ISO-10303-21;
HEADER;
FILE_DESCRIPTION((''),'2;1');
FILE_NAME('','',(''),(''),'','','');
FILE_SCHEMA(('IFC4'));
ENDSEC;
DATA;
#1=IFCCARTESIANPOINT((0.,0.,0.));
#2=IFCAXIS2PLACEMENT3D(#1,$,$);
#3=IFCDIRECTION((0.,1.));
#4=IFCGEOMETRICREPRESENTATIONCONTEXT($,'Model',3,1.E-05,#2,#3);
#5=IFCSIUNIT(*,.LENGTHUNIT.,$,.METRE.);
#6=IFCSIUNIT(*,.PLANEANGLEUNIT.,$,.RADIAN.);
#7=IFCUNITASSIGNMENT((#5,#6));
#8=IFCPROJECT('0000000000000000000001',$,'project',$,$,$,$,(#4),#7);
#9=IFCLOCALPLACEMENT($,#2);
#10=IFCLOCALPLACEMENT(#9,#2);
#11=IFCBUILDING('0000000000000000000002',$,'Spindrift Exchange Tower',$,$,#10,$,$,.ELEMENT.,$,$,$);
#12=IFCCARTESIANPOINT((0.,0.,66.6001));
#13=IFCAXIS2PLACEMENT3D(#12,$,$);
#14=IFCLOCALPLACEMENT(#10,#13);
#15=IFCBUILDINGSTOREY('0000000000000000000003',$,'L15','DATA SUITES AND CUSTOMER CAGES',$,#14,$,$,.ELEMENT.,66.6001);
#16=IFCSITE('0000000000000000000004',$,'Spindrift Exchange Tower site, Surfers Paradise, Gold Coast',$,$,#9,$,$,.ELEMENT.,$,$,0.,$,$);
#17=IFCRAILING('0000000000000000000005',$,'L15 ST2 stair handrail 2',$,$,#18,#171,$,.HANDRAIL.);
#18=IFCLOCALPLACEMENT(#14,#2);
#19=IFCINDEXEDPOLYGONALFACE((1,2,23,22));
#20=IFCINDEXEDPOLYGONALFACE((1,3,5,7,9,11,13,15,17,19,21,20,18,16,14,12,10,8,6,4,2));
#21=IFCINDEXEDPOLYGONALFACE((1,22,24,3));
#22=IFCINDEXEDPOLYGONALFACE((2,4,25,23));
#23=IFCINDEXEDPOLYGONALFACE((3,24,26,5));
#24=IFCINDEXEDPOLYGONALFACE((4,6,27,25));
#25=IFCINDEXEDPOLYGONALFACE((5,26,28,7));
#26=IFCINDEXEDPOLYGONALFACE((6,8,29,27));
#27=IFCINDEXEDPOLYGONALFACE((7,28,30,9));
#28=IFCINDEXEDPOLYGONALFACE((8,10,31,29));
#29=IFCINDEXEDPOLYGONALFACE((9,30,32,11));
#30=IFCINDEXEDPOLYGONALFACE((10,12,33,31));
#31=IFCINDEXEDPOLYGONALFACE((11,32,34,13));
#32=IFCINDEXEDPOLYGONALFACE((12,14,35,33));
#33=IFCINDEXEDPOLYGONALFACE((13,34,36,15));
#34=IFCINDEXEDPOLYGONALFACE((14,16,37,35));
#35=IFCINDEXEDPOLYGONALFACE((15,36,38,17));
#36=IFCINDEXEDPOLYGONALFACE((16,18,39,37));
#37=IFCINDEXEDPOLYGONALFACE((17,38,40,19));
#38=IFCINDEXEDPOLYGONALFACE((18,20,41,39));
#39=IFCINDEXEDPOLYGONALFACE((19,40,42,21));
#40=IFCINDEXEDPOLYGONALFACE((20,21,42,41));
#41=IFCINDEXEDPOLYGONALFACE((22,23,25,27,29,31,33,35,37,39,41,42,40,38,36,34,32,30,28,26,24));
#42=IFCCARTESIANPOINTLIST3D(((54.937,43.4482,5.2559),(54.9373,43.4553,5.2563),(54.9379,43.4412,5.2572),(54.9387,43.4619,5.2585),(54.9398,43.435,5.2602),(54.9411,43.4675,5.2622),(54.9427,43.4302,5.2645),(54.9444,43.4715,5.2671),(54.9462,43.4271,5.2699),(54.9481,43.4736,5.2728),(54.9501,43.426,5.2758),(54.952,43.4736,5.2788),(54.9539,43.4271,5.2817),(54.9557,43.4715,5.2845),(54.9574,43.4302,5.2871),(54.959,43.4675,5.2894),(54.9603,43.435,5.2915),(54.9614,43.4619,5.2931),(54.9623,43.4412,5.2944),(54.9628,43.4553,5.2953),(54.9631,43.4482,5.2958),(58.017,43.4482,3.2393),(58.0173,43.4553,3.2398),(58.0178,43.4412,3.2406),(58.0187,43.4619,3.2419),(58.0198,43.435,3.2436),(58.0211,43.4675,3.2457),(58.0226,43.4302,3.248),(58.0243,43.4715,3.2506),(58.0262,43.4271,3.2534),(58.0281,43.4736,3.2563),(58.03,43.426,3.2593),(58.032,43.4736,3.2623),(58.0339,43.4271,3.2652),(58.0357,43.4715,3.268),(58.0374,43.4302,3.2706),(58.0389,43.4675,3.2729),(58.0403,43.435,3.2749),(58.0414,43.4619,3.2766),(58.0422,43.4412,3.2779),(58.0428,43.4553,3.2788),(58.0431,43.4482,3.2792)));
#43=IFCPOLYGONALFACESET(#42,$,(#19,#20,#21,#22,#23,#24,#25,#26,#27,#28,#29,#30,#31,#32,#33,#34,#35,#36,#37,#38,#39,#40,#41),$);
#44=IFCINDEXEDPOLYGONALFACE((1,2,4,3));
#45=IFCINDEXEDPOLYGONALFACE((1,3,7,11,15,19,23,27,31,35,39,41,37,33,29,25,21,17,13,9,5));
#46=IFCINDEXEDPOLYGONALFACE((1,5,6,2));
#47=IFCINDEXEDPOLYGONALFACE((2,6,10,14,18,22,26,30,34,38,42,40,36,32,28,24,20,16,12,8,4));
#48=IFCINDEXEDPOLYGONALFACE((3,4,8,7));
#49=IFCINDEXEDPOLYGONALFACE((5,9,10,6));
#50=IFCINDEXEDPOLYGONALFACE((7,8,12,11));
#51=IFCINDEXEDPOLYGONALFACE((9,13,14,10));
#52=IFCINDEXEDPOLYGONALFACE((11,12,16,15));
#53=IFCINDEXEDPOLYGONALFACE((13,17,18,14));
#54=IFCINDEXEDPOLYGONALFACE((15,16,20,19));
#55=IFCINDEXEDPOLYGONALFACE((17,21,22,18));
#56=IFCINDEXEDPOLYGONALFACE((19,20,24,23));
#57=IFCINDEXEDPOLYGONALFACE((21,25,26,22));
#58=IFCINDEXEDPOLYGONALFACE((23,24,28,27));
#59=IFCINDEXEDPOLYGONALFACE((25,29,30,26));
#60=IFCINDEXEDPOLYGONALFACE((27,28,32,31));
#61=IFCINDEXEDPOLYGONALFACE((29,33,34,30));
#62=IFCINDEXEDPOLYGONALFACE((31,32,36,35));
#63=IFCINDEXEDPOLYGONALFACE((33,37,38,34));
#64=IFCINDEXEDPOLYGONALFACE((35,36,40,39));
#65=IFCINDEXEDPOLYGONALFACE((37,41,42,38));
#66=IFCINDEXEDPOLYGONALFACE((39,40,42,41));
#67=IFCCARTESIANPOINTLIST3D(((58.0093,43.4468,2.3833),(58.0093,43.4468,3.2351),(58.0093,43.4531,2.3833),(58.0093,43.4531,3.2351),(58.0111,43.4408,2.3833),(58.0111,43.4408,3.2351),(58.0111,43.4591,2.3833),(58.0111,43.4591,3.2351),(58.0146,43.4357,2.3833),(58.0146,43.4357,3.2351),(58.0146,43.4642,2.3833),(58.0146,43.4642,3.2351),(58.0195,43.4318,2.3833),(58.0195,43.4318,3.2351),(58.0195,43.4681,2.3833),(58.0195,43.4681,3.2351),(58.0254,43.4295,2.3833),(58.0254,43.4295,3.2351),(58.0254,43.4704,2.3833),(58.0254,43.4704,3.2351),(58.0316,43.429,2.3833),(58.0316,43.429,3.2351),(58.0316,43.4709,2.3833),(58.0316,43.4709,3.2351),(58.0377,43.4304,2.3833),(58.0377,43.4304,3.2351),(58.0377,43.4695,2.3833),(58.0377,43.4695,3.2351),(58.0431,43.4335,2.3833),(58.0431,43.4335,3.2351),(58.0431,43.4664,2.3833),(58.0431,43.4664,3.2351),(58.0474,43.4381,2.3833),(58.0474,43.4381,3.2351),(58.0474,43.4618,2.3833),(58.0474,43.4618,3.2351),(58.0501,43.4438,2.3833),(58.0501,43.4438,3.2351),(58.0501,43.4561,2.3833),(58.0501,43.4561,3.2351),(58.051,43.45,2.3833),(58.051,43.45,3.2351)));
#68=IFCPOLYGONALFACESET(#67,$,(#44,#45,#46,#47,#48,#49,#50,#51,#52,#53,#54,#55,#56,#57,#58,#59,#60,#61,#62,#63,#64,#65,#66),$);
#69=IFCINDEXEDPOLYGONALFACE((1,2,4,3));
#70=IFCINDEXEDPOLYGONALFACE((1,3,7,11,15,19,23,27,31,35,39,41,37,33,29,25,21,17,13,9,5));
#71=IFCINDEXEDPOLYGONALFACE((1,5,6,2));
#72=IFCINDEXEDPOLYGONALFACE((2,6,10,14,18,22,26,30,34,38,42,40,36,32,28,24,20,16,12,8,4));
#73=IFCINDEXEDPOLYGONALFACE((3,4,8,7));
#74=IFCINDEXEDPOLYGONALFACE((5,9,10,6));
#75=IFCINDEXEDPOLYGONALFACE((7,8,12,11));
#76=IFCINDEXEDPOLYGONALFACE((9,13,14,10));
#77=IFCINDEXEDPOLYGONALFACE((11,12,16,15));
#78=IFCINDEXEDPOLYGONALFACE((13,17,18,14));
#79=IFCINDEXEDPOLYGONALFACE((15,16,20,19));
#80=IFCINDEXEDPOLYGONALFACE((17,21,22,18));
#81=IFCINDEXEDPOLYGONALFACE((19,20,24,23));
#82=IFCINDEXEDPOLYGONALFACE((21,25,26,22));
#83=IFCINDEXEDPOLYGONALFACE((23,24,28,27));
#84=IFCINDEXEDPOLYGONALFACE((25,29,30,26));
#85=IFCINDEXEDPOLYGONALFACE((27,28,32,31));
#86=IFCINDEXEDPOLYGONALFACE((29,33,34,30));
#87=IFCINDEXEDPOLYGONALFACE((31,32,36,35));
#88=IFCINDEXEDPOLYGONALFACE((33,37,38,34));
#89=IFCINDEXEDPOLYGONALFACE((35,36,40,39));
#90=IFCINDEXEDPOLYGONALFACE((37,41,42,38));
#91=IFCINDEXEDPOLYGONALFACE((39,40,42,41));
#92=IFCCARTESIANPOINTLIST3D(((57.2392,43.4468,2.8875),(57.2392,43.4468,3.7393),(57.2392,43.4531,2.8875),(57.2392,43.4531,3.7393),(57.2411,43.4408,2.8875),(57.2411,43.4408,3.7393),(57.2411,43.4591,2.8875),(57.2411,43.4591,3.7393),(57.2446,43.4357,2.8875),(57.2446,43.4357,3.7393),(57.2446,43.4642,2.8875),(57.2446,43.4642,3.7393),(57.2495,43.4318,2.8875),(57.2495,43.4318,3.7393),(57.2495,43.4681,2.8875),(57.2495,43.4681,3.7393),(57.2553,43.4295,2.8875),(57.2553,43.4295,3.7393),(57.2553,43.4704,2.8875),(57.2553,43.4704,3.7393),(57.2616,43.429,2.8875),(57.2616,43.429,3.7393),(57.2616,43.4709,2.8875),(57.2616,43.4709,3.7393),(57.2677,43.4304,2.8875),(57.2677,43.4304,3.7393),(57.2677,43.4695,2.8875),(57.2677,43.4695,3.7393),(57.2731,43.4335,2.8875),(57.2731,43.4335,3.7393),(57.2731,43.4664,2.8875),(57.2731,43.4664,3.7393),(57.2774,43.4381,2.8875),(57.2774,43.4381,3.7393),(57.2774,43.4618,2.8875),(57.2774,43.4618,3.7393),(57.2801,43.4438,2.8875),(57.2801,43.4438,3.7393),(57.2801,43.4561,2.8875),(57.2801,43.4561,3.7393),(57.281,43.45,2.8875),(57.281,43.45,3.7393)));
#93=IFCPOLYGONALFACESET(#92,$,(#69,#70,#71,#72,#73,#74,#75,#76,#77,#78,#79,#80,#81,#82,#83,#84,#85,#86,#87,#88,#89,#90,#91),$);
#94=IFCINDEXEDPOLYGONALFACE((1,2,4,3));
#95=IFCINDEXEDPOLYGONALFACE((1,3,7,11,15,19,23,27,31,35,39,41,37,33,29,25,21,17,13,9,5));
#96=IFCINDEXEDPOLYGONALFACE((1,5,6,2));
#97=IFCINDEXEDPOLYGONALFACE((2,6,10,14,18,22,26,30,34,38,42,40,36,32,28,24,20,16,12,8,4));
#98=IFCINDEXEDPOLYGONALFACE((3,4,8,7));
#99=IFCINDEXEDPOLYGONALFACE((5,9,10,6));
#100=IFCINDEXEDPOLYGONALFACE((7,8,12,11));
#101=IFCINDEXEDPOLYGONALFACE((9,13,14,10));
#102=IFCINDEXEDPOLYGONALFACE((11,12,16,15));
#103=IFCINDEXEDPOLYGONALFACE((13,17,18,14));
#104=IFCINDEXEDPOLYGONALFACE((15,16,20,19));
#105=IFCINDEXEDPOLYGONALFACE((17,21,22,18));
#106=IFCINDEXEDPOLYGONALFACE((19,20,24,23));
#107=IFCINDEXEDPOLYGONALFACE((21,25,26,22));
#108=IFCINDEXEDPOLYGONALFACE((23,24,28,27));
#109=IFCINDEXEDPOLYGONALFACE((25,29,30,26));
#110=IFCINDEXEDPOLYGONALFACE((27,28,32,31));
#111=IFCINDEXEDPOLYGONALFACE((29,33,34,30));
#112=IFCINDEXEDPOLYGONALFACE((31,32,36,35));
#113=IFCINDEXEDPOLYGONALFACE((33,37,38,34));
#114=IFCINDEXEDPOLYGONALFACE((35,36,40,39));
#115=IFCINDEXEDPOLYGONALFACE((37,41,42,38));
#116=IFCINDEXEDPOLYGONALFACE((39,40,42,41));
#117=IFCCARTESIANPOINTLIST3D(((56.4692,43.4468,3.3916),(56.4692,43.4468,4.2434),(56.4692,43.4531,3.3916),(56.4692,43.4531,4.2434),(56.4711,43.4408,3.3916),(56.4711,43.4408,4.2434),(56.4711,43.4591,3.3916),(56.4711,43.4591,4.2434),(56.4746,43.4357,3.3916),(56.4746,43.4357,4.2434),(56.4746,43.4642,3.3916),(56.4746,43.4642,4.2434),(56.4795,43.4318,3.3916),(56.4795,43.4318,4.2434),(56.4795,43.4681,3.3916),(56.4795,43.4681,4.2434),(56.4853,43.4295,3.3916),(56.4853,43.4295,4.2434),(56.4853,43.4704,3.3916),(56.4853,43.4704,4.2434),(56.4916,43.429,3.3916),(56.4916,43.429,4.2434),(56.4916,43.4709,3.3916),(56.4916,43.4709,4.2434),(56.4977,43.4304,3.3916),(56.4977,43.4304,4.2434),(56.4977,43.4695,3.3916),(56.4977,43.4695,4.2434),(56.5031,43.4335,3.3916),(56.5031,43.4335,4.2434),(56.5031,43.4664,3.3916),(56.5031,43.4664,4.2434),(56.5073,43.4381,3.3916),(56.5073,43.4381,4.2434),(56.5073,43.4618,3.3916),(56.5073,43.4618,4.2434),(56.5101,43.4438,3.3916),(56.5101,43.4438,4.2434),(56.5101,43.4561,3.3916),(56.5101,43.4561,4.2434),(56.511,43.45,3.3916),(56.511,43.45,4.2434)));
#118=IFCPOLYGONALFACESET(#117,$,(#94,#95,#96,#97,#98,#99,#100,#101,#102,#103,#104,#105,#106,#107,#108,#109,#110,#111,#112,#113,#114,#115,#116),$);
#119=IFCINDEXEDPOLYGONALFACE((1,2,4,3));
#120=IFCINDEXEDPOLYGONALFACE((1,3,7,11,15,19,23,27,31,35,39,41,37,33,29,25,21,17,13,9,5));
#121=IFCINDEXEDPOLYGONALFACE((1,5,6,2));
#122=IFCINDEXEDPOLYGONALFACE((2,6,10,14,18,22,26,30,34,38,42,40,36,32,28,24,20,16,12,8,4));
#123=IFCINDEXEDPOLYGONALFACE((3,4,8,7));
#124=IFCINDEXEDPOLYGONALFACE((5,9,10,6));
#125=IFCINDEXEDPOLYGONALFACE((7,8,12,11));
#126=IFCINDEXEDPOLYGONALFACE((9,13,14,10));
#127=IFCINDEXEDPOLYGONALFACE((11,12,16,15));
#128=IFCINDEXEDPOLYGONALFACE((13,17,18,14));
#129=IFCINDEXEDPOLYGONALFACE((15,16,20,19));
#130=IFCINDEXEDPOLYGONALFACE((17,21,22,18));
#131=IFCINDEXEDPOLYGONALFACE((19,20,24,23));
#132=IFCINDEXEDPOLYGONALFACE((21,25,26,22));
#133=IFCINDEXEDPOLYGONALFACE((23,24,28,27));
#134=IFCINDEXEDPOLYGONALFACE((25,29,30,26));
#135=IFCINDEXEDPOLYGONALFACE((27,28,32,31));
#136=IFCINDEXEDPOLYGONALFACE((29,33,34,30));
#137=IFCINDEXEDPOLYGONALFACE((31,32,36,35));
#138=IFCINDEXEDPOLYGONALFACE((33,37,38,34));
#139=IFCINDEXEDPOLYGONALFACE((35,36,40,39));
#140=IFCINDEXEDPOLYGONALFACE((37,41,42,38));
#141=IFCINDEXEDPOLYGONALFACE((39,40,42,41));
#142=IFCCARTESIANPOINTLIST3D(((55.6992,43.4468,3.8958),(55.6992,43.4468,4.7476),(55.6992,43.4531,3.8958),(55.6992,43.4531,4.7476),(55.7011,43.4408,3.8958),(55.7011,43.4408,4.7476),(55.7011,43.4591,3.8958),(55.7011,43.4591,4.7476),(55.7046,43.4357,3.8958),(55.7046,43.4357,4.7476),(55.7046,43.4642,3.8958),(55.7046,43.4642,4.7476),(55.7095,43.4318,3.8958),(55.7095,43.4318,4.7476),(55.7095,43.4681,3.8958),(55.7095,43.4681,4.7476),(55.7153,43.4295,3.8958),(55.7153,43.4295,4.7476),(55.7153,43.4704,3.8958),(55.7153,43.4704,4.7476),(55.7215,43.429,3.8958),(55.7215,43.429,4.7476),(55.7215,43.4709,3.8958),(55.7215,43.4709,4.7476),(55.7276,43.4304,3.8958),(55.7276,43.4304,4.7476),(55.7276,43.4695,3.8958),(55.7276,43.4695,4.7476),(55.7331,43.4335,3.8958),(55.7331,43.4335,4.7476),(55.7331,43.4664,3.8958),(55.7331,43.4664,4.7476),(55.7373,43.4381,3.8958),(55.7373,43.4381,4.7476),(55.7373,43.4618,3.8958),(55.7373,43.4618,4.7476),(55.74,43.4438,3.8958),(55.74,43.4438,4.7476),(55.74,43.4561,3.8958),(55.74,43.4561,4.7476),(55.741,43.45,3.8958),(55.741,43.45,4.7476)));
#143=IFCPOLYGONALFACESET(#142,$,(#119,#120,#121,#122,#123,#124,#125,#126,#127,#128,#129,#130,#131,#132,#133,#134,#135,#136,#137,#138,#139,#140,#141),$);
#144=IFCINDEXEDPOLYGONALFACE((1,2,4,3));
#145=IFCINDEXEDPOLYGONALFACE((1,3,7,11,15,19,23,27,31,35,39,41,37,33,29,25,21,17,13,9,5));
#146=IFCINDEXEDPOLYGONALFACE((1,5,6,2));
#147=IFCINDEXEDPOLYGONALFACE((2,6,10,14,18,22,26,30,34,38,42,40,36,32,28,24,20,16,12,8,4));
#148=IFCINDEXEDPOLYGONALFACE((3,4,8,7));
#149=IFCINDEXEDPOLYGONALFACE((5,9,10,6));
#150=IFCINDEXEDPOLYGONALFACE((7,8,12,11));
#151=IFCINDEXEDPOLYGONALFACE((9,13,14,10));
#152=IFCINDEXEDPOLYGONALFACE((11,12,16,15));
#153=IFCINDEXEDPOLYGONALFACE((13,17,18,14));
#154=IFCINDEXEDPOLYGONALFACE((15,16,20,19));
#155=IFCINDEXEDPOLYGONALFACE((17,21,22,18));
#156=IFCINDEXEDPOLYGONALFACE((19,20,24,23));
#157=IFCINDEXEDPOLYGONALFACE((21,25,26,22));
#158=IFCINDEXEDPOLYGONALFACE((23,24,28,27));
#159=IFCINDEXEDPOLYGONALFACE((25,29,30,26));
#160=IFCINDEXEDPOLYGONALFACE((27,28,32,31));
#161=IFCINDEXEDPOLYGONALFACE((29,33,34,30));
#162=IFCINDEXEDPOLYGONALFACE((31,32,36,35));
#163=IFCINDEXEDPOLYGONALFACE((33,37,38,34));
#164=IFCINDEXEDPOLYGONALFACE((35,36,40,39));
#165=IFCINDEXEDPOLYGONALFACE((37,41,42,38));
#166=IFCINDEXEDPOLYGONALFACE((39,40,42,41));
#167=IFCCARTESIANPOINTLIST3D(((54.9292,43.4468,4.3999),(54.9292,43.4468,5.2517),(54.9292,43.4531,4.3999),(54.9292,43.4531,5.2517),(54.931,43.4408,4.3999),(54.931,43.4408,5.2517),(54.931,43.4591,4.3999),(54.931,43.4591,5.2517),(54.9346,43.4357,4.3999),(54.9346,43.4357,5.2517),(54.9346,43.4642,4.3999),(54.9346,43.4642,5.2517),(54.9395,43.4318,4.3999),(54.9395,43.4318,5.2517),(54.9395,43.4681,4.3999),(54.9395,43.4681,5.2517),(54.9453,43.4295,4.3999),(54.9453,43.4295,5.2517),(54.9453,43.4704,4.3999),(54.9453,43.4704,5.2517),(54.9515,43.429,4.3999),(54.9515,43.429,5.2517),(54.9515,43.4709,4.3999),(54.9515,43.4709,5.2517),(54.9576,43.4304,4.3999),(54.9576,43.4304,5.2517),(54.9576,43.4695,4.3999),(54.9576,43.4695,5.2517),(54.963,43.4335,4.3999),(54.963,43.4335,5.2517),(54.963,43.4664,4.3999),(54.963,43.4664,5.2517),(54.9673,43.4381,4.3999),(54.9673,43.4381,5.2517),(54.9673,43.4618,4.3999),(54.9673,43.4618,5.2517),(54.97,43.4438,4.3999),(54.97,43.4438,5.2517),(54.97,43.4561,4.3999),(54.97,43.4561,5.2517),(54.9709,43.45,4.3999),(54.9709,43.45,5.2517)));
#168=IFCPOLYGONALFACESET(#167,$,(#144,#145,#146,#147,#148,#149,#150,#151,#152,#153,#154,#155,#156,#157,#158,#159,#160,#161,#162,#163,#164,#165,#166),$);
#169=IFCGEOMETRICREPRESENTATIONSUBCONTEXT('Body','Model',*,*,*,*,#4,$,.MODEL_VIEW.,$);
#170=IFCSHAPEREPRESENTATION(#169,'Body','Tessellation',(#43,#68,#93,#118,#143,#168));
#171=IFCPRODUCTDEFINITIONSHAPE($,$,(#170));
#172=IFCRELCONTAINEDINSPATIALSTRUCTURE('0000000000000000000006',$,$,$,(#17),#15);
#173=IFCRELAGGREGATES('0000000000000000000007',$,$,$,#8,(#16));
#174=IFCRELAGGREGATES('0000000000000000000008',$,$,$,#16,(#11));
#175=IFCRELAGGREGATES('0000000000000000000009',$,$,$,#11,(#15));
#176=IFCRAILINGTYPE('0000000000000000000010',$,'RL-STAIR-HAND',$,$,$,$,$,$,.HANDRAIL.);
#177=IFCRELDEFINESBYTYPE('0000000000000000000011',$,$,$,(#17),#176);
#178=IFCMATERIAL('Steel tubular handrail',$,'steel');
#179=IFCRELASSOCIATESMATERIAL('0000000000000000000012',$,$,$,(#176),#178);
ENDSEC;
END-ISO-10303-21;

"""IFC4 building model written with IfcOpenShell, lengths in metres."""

from ifc_helpers import new_model, si_unit, direction, frame, origin, origin_2d, place, context, subcontext, project, spatial, circle, extrude, material, type_object, element, save


model = new_model("IFC4")

# Units and contexts
model_context = context("Model", 3, precision=1e-05, world=origin(), true_north=direction((0.0, 1.0)))
body_context = subcontext(model_context, "Body", "Model", "MODEL_VIEW")
ifc_project = project(units=[si_unit("LENGTHUNIT", "METRE"), si_unit("PLANEANGLEUNIT", "RADIAN")], contexts=[model_context])

# Site, building, storey
site_placement = place(None, origin())
site = spatial("IfcSite", under=ifc_project, at=site_placement, Name="Spindrift Exchange Tower site, Surfers Paradise, Gold Coast", CompositionType="ELEMENT", RefElevation=0.0)
building_placement = place(site_placement, origin())
building = spatial("IfcBuilding", under=site, at=building_placement, Name="Spindrift Exchange Tower", CompositionType="ELEMENT")
storey_placement = place(building_placement, frame((0.0, 0.0, 66.6001)))
storey = spatial("IfcBuildingStorey", under=building, at=storey_placement, Name="L15", Description="DATA SUITES AND CUSTOMER CAGES", CompositionType="ELEMENT", Elevation=66.6001)

# Railing
ifc_material_1 = material(Name="Steel tubular handrail", Category="steel")
railing_type_1 = type_object("IfcRailingType", Name="RL-STAIR-HAND", PredefinedType="HANDRAIL", material=ifc_material_1)
railing_1_placement = place(storey_placement, frame((58.03, 43.45, 2.3833)))
element("IfcRailing", 1, at=railing_1_placement, inside=storey, type_object=railing_type_1, Name="L15 ST2 stair handrail 2", PredefinedType="HANDRAIL", context=body_context, shape_type="SweptSolid", body=[
    extrude(circle(Radius=0.0239, at=origin_2d()), frame((0.0, 0.0, 0.876), z_axis=(-0.836633, 0.0, 0.547764), x_axis=(0.0, -1.0, 0.0)), (0.0, 0.0, 1.0), 3.6814),
    extrude(circle(Radius=0.021, at=origin_2d()), origin(), (0.0, 0.0, 1.0), 0.8518),
    extrude(circle(Radius=0.021, at=origin_2d()), frame((-0.77, 0.0, 0.5042)), (0.0, 0.0, 1.0), 0.8518),
    extrude(circle(Radius=0.021, at=origin_2d()), frame((-1.54, 0.0, 1.0083)), (0.0, 0.0, 1.0), 0.8518),
    extrude(circle(Radius=0.021, at=origin_2d()), frame((-2.3101, 0.0, 1.5125)), (0.0, 0.0, 1.0), 0.8518),
    extrude(circle(Radius=0.021, at=origin_2d()), frame((-3.0801, 0.0, 2.0166)), (0.0, 0.0, 1.0), 0.8518),
])

save(model, "model.ifc")
